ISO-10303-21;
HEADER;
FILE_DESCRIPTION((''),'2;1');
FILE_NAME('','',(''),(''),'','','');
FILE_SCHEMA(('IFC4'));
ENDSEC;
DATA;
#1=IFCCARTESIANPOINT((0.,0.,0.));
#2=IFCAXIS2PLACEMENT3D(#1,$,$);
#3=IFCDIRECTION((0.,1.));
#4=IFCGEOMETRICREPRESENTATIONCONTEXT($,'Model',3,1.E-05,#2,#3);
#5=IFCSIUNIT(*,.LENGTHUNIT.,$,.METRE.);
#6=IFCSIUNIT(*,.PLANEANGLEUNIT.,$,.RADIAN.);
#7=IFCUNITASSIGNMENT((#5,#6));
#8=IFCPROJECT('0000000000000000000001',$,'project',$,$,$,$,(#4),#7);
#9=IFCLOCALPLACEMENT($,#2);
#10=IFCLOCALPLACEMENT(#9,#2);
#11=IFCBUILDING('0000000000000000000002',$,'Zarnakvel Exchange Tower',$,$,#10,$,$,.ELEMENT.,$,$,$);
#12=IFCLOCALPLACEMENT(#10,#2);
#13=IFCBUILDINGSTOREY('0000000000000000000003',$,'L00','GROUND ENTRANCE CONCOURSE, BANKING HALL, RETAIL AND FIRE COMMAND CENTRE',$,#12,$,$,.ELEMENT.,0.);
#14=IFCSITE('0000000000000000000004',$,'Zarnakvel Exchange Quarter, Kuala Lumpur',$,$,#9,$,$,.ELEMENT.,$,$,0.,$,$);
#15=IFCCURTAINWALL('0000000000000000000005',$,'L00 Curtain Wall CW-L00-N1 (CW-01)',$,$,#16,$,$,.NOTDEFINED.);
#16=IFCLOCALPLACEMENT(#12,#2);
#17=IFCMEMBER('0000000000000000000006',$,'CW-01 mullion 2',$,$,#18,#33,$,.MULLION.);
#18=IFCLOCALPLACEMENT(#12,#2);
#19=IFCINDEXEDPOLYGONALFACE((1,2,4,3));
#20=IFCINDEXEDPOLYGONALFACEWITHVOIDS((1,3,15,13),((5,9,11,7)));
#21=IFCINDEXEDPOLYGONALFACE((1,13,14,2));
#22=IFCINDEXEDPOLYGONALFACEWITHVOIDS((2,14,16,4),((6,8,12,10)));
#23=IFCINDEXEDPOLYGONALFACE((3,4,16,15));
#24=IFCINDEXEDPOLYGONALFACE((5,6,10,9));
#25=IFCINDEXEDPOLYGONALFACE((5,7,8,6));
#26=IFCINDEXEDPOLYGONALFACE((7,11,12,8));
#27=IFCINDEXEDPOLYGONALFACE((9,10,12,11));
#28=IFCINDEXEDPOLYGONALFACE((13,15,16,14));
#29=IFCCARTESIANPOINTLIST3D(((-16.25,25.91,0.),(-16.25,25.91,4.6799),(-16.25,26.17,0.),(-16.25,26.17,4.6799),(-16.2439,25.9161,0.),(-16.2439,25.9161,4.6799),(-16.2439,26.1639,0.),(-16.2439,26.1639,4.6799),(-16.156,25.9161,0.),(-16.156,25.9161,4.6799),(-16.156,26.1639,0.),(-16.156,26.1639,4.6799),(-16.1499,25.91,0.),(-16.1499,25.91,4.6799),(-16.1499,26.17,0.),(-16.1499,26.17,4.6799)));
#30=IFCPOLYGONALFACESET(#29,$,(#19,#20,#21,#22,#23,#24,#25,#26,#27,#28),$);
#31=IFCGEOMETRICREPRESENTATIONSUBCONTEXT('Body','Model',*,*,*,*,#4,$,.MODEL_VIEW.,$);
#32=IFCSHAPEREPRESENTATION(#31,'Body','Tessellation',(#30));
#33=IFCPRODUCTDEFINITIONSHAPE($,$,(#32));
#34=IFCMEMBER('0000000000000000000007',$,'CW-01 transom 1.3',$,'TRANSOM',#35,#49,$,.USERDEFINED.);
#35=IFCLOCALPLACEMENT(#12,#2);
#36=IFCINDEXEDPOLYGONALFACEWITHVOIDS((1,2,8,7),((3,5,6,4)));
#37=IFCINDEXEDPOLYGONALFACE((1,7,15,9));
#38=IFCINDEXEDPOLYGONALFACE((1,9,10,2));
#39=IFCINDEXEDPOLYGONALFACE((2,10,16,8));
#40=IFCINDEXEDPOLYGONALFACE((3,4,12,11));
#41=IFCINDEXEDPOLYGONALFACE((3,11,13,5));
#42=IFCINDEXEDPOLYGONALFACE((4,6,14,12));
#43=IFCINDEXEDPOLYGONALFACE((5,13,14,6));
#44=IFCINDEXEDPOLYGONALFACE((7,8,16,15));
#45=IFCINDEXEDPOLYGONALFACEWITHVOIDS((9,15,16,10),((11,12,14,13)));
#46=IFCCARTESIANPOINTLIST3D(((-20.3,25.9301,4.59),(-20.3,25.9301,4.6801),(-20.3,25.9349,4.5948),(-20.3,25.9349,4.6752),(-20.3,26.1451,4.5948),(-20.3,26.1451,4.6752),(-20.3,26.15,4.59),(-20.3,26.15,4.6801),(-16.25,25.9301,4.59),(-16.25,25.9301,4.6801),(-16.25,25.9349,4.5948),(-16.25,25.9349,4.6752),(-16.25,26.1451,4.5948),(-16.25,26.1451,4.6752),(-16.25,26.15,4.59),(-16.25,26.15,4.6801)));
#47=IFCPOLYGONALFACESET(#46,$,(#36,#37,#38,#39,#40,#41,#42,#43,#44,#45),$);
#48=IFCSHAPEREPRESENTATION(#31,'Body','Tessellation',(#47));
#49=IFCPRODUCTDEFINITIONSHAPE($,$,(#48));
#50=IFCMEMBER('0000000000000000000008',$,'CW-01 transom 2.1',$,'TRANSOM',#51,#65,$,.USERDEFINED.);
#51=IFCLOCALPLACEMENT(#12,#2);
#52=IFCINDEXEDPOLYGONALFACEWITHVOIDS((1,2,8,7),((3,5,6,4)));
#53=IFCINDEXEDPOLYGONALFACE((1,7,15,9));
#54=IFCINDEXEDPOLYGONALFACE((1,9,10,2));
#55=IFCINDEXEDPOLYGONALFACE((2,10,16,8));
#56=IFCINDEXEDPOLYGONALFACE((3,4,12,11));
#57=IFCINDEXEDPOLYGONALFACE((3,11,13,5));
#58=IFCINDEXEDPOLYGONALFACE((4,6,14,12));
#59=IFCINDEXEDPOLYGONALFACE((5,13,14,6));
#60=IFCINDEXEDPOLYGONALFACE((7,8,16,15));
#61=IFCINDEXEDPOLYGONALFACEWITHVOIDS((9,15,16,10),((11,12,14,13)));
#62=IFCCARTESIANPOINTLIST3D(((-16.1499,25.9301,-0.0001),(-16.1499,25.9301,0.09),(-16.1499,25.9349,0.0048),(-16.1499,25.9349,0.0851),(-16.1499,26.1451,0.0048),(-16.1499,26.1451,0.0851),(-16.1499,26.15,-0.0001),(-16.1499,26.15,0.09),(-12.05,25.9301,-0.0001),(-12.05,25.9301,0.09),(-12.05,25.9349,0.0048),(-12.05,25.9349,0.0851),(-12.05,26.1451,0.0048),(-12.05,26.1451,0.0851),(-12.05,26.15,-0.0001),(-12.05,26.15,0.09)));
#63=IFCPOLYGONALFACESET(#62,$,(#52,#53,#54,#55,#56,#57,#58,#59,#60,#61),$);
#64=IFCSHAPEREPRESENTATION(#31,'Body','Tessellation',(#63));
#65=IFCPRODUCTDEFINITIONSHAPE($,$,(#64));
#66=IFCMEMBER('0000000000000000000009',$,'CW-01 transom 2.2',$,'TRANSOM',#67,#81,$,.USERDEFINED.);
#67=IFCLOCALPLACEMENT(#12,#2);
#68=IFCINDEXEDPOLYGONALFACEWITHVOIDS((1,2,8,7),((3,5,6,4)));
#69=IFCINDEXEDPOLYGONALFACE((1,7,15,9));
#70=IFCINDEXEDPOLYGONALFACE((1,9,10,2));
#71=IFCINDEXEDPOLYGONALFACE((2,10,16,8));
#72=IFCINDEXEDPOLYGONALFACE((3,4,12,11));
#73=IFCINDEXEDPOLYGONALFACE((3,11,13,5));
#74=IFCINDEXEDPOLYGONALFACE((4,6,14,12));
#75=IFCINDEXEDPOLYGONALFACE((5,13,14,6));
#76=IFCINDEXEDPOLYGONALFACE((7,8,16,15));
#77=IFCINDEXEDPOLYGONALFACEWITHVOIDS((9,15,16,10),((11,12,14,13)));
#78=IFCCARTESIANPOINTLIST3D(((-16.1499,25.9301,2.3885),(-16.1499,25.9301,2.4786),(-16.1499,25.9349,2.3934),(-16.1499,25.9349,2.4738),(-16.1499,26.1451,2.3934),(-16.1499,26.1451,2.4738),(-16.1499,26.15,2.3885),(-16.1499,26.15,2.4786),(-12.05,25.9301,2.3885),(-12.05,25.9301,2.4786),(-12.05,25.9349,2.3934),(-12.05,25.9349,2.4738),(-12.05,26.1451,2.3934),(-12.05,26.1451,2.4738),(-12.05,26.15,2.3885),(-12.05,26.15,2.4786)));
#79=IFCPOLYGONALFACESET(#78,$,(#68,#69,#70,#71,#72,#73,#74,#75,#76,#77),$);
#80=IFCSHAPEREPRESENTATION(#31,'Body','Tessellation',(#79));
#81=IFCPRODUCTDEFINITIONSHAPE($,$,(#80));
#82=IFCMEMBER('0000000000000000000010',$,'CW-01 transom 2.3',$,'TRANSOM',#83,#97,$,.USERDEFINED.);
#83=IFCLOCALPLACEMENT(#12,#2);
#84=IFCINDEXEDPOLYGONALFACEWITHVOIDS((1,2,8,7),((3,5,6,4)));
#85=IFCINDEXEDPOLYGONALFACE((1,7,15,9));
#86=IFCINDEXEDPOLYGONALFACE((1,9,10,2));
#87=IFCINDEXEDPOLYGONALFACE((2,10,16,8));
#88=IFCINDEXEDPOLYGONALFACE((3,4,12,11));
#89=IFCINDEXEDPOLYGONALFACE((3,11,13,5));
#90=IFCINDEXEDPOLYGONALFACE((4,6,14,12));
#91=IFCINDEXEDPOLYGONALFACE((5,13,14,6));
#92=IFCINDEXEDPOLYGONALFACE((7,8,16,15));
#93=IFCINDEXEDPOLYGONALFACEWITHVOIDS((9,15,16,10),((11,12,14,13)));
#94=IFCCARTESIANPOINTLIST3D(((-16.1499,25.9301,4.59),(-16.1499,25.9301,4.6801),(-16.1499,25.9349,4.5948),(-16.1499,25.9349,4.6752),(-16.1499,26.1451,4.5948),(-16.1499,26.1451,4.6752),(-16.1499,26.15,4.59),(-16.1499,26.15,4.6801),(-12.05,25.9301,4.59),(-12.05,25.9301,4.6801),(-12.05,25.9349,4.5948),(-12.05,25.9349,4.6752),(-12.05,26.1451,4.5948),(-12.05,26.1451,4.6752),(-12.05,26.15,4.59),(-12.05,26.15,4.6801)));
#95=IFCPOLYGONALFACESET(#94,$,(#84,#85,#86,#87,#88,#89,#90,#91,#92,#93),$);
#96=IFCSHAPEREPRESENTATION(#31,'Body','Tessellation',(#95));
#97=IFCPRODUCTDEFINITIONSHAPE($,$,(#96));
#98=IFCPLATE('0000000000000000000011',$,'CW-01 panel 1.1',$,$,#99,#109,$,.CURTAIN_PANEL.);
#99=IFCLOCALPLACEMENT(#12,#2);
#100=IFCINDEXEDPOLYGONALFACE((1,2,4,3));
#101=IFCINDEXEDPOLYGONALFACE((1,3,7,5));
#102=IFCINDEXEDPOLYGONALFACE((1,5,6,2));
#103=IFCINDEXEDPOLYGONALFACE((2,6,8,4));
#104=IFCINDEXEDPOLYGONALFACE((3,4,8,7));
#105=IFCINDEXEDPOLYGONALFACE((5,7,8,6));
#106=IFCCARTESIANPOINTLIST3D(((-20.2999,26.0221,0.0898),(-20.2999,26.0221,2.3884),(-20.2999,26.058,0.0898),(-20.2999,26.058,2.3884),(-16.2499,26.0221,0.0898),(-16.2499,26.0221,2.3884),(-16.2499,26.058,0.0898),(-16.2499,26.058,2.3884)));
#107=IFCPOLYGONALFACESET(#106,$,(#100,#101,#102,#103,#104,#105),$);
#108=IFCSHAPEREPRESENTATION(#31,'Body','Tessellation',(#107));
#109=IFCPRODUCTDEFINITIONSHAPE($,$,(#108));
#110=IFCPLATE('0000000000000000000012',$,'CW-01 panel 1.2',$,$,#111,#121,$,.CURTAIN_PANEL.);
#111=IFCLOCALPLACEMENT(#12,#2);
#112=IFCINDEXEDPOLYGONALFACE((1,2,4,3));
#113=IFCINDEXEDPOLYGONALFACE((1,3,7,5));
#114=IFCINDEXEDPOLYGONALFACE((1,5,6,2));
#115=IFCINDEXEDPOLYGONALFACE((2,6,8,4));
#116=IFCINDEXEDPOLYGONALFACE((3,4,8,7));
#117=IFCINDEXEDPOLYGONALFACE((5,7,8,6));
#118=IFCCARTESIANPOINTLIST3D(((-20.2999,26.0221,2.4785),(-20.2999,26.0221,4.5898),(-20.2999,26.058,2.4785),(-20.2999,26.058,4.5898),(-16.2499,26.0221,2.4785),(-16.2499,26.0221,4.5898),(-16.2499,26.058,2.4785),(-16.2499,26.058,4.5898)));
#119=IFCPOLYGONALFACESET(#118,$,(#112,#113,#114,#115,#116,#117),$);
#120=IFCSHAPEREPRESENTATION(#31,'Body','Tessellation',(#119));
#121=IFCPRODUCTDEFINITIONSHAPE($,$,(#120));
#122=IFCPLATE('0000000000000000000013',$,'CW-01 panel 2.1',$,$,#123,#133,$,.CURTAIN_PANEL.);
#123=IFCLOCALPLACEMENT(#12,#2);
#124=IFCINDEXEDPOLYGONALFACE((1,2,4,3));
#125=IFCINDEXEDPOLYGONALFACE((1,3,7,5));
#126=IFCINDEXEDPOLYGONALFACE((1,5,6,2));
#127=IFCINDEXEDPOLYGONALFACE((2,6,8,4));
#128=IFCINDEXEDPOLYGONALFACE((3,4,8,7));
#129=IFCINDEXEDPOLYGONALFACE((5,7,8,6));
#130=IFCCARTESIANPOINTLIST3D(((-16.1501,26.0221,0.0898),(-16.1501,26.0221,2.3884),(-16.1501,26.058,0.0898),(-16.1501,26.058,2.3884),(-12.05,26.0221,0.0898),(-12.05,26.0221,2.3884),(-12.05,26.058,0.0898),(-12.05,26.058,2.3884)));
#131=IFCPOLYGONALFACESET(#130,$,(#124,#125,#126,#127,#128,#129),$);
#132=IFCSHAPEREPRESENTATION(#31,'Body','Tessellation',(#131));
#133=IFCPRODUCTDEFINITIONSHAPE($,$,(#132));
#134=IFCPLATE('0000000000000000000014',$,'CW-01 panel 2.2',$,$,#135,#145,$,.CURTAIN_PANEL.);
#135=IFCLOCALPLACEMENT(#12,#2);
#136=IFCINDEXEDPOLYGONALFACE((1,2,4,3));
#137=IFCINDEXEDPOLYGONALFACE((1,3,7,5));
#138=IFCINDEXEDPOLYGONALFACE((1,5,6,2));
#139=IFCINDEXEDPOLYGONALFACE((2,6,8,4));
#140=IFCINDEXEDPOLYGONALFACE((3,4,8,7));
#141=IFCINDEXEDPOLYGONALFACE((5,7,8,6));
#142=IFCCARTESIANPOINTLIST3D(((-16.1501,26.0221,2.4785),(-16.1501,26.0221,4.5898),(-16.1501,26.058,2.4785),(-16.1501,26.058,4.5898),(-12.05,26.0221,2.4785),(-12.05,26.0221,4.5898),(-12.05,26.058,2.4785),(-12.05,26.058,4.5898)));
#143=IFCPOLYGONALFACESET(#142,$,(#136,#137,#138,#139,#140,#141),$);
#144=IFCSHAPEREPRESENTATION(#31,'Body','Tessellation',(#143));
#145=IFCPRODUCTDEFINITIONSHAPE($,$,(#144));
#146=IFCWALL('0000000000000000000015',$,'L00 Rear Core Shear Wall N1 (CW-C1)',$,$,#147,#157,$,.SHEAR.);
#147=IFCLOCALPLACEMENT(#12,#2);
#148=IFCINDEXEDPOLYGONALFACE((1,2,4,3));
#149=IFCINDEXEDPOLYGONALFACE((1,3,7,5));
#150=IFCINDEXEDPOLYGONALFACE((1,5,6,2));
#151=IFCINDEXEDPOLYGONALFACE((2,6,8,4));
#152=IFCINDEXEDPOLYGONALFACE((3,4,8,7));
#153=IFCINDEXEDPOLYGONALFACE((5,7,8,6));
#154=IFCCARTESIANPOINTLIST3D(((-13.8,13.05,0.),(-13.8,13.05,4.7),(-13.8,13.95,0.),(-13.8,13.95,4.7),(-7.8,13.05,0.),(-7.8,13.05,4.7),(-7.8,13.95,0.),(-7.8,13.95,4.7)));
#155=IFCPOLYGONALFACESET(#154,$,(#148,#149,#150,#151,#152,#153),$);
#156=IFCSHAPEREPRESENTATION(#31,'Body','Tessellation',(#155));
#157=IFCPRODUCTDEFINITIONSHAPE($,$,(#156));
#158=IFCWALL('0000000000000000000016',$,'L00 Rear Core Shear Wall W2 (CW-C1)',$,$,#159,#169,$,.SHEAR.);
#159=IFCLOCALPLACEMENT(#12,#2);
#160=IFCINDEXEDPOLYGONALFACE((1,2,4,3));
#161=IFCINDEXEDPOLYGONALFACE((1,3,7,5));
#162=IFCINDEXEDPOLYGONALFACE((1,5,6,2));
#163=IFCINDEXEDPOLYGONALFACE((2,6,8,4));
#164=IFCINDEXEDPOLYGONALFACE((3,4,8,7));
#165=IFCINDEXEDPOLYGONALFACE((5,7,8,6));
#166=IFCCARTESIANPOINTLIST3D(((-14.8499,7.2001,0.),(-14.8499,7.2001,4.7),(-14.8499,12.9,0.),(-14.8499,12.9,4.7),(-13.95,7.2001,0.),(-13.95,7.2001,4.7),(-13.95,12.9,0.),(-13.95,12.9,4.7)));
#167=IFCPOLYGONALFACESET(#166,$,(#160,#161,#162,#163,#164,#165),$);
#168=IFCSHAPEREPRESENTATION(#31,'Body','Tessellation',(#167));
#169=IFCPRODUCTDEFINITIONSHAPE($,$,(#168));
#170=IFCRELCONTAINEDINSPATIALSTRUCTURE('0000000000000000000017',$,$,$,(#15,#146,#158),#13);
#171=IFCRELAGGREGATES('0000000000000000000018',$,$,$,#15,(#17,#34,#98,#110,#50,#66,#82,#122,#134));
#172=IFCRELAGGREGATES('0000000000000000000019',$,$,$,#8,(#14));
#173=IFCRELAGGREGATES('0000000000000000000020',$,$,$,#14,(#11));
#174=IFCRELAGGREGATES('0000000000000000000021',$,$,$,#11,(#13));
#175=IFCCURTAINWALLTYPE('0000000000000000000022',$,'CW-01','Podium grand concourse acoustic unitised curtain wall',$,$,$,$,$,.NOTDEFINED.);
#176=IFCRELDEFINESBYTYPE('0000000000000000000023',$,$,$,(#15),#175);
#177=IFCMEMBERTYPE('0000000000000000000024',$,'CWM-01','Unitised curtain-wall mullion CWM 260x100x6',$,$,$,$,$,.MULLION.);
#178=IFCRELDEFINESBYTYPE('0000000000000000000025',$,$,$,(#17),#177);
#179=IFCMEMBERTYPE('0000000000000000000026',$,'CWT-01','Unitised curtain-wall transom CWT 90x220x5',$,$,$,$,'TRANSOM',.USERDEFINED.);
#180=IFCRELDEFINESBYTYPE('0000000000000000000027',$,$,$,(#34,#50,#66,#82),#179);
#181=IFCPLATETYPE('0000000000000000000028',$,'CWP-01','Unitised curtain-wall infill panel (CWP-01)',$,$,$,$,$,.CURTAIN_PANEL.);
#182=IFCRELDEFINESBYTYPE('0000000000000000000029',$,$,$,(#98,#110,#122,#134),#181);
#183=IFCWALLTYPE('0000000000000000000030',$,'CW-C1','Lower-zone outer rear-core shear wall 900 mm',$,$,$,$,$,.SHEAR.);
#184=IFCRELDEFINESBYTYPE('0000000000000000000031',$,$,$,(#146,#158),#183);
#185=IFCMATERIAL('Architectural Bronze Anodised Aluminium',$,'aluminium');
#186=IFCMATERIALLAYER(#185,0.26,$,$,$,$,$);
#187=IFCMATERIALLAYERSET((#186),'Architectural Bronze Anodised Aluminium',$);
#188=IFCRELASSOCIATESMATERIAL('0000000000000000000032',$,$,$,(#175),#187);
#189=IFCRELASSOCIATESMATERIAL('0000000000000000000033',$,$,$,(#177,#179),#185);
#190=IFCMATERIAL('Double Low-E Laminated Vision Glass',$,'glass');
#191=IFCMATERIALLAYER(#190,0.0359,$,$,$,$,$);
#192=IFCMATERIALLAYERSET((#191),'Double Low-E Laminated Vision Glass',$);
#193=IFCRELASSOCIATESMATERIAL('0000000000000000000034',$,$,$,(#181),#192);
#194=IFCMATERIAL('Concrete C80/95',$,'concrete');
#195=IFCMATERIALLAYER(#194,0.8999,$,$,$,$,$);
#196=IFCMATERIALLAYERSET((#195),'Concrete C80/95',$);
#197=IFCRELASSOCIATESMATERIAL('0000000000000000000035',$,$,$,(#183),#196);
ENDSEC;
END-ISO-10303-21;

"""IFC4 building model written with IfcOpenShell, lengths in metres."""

from ifc_helpers import new_model, si_unit, direction, frame, frame_2d, origin, origin_2d, place, context, subcontext, project, spatial, rectangle, hollow_rectangle, extrude, source, transform, mapped, material, layer, layer_set, material_profile, profile_set, type_object, element, aggregate, save


model = new_model("IFC4")

# Units and contexts
model_context = context("Model", 3, precision=1e-05, world=origin(), true_north=direction((0.0, 1.0)))
body_context = subcontext(model_context, "Body", "Model", "MODEL_VIEW")
ifc_project = project(units=[si_unit("LENGTHUNIT", "METRE"), si_unit("PLANEANGLEUNIT", "RADIAN")], contexts=[model_context])

# Site, building, storey
site_placement = place(None, origin())
site = spatial("IfcSite", under=ifc_project, at=site_placement, Name="Zarnakvel Exchange Quarter, Kuala Lumpur", CompositionType="ELEMENT", RefElevation=0.0)
building_placement = place(site_placement, origin())
building = spatial("IfcBuilding", under=site, at=building_placement, Name="Zarnakvel Exchange Tower", CompositionType="ELEMENT")
storey_placement = place(building_placement, origin())
storey = spatial("IfcBuildingStorey", under=building, at=storey_placement, Name="L00", Description="GROUND ENTRANCE CONCOURSE, BANKING HALL, RETAIL AND FIRE COMMAND CENTRE", CompositionType="ELEMENT", Elevation=0.0)

# Shared definitions
ifc_material_1 = material(Name="Concrete C80/95", Category="concrete")

# Curtain wall, members, plates
ifc_material_2 = material(Name="Architectural Bronze Anodised Aluminium", Category="aluminium")
ifc_layer_1 = layer(ifc_material_2, 0.26)
ifc_layer_set_1 = layer_set([ifc_layer_1], Name="Architectural Bronze Anodised Aluminium")
curtain_wall_type = type_object("IfcCurtainWallType", Name="CW-01", Description="Podium grand concourse acoustic unitised curtain wall", PredefinedType="NOTDEFINED", material=ifc_layer_set_1)
curtain_wall_placement = place(storey_placement, origin())
curtain_wall = element("IfcCurtainWall", 1, at=curtain_wall_placement, inside=storey, type_object=curtain_wall_type, Name="L00 Curtain Wall CW-L00-N1 (CW-01)", PredefinedType="NOTDEFINED")
ifc_material_profile_1 = material_profile(ifc_material_2, hollow_rectangle(XDim=0.26, YDim=0.1001, WallThickness=0.0061, at=origin_2d()))
ifc_profile_set_1 = profile_set([ifc_material_profile_1], Name="Architectural Bronze Anodised Aluminium")
member_type_1 = type_object("IfcMemberType", Name="CWM-01", Description="Unitised curtain-wall mullion CWM 260x100x6", PredefinedType="MULLION", material=ifc_profile_set_1)
shared_shape_1 = source(origin(), body_context, "Body", "SweptSolid", [
    extrude(hollow_rectangle(XDim=0.26, YDim=0.1001, WallThickness=0.0061, at=origin_2d()), origin(), (0.0, 0.0, 1.0), 4.6799),
])
member_1_placement = place(storey_placement, frame((-16.2, 26.04, 0.0), z_axis=(0.0, 0.0, 1.0), x_axis=(0.0, 1.0, 0.0)))
member_1 = element("IfcMember", 2, at=member_1_placement, type_object=member_type_1, Name="CW-01 mullion 2", PredefinedType="MULLION", context=body_context, shape_type="MappedRepresentation", body=[
    mapped(shared_shape_1, transform((0.0, 0.0, 0.0), x_axis=(1.0, 0.0, 0.0), y_axis=(0.0, 1.0, 0.0), z_axis=(0.0, 0.0, 1.0), scale=1.0)),
])
ifc_material_profile_2 = material_profile(ifc_material_2, hollow_rectangle(XDim=0.22, YDim=0.0901, WallThickness=0.0049, at=origin_2d()))
ifc_profile_set_2 = profile_set([ifc_material_profile_2], Name="Architectural Bronze Anodised Aluminium")
member_type_2 = type_object("IfcMemberType", Name="CWT-01", Description="Unitised curtain-wall transom CWT 90x220x5", ElementType="TRANSOM", PredefinedType="USERDEFINED", material=ifc_profile_set_2)
shared_shape_2 = source(origin(), body_context, "Body", "SweptSolid", [
    extrude(hollow_rectangle(XDim=0.22, YDim=0.0901, WallThickness=0.0049, at=origin_2d()), origin(), (0.0, 0.0, 1.0), 4.05),
])
member_2_placement = place(storey_placement, frame((-20.3, 26.04, 4.635), z_axis=(1.0, 0.0, 0.0), x_axis=(0.0, 1.0, 0.0)))
member_2 = element("IfcMember", 3, at=member_2_placement, type_object=member_type_2, Name="CW-01 transom 1.3", ObjectType="TRANSOM", PredefinedType="USERDEFINED", context=body_context, shape_type="MappedRepresentation", body=[
    mapped(shared_shape_2, transform((0.0, 0.0, 0.0), x_axis=(1.0, 0.0, 0.0), y_axis=(0.0, 1.0, 0.0), z_axis=(0.0, 0.0, 1.0), scale=1.0)),
])
shared_shape_3 = source(origin(), body_context, "Body", "SweptSolid", [
    extrude(hollow_rectangle(XDim=0.22, YDim=0.0901, WallThickness=0.0049, at=origin_2d()), origin(), (0.0, 0.0, 1.0), 4.0999),
])
member_3_placement = place(storey_placement, frame((-16.1499, 26.04, 0.0449), z_axis=(1.0, 0.0, 0.0), x_axis=(0.0, 1.0, 0.0)))
member_3 = element("IfcMember", 4, at=member_3_placement, type_object=member_type_2, Name="CW-01 transom 2.1", ObjectType="TRANSOM", PredefinedType="USERDEFINED", context=body_context, shape_type="MappedRepresentation", body=[
    mapped(shared_shape_3, transform((0.0, 0.0, 0.0), x_axis=(1.0, 0.0, 0.0), y_axis=(0.0, 1.0, 0.0), z_axis=(0.0, 0.0, 1.0), scale=1.0)),
])
member_4_placement = place(storey_placement, frame((-16.1499, 26.04, 2.4336), z_axis=(1.0, 0.0, 0.0), x_axis=(0.0, 1.0, 0.0)))
member_4 = element("IfcMember", 5, at=member_4_placement, type_object=member_type_2, Name="CW-01 transom 2.2", ObjectType="TRANSOM", PredefinedType="USERDEFINED", context=body_context, shape_type="MappedRepresentation", body=[
    mapped(shared_shape_3, transform((0.0, 0.0, 0.0), x_axis=(1.0, 0.0, 0.0), y_axis=(0.0, 1.0, 0.0), z_axis=(0.0, 0.0, 1.0), scale=1.0)),
])
member_5_placement = place(storey_placement, frame((-16.1499, 26.04, 4.635), z_axis=(1.0, 0.0, 0.0), x_axis=(0.0, 1.0, 0.0)))
member_5 = element("IfcMember", 6, at=member_5_placement, type_object=member_type_2, Name="CW-01 transom 2.3", ObjectType="TRANSOM", PredefinedType="USERDEFINED", context=body_context, shape_type="MappedRepresentation", body=[
    mapped(shared_shape_3, transform((0.0, 0.0, 0.0), x_axis=(1.0, 0.0, 0.0), y_axis=(0.0, 1.0, 0.0), z_axis=(0.0, 0.0, 1.0), scale=1.0)),
])
ifc_material_3 = material(Name="Double Low-E Laminated Vision Glass", Category="glass")
ifc_layer_2 = layer(ifc_material_3, 0.0359)
ifc_layer_set_2 = layer_set([ifc_layer_2], Name="Double Low-E Laminated Vision Glass")
plate_type = type_object("IfcPlateType", Name="CWP-01", Description="Unitised curtain-wall infill panel (CWP-01)", PredefinedType="CURTAIN_PANEL", material=ifc_layer_set_2)
shared_shape_4 = source(origin(), body_context, "Body", "SweptSolid", [
    extrude(rectangle(XDim=4.05, YDim=0.0359, at=origin_2d()), origin(), (0.0, 0.0, 1.0), 2.2986),
])
plate_1_placement = place(storey_placement, frame((-18.2749, 26.04, 0.0898), z_axis=(0.0, 0.0, 1.0), x_axis=(1.0, 0.0, 0.0)))
plate_1 = element("IfcPlate", 7, at=plate_1_placement, type_object=plate_type, Name="CW-01 panel 1.1", PredefinedType="CURTAIN_PANEL", context=body_context, shape_type="MappedRepresentation", body=[
    mapped(shared_shape_4, transform((0.0, 0.0, 0.0), x_axis=(1.0, 0.0, 0.0), y_axis=(0.0, 1.0, 0.0), z_axis=(0.0, 0.0, 1.0), scale=1.0)),
])
shared_shape_5 = source(origin(), body_context, "Body", "SweptSolid", [
    extrude(rectangle(XDim=4.05, YDim=0.0359, at=origin_2d()), origin(), (0.0, 0.0, 1.0), 2.1113),
])
plate_2_placement = place(storey_placement, frame((-18.2749, 26.04, 2.4785), z_axis=(0.0, 0.0, 1.0), x_axis=(1.0, 0.0, 0.0)))
plate_2 = element("IfcPlate", 8, at=plate_2_placement, type_object=plate_type, Name="CW-01 panel 1.2", PredefinedType="CURTAIN_PANEL", context=body_context, shape_type="MappedRepresentation", body=[
    mapped(shared_shape_5, transform((0.0, 0.0, 0.0), x_axis=(1.0, 0.0, 0.0), y_axis=(0.0, 1.0, 0.0), z_axis=(0.0, 0.0, 1.0), scale=1.0)),
])
shared_shape_6 = source(origin(), body_context, "Body", "SweptSolid", [
    extrude(rectangle(XDim=4.1001, YDim=0.0359, at=origin_2d()), origin(), (0.0, 0.0, 1.0), 2.2986),
])
plate_3_placement = place(storey_placement, frame((-14.1001, 26.04, 0.0898), z_axis=(0.0, 0.0, 1.0), x_axis=(1.0, 0.0, 0.0)))
plate_3 = element("IfcPlate", 9, at=plate_3_placement, type_object=plate_type, Name="CW-01 panel 2.1", PredefinedType="CURTAIN_PANEL", context=body_context, shape_type="MappedRepresentation", body=[
    mapped(shared_shape_6, transform((0.0, 0.0, 0.0), x_axis=(1.0, 0.0, 0.0), y_axis=(0.0, 1.0, 0.0), z_axis=(0.0, 0.0, 1.0), scale=1.0)),
])
shared_shape_7 = source(origin(), body_context, "Body", "SweptSolid", [
    extrude(rectangle(XDim=4.1001, YDim=0.0359, at=origin_2d()), origin(), (0.0, 0.0, 1.0), 2.1113),
])
plate_4_placement = place(storey_placement, frame((-14.1001, 26.04, 2.4785), z_axis=(0.0, 0.0, 1.0), x_axis=(1.0, 0.0, 0.0)))
plate_4 = element("IfcPlate", 10, at=plate_4_placement, type_object=plate_type, Name="CW-01 panel 2.2", PredefinedType="CURTAIN_PANEL", context=body_context, shape_type="MappedRepresentation", body=[
    mapped(shared_shape_7, transform((0.0, 0.0, 0.0), x_axis=(1.0, 0.0, 0.0), y_axis=(0.0, 1.0, 0.0), z_axis=(0.0, 0.0, 1.0), scale=1.0)),
])
aggregate(curtain_wall, [member_1, member_2, plate_1, plate_2, member_3, member_4, member_5, plate_3, plate_4])

# Walls
ifc_layer_3 = layer(ifc_material_1, 0.8999)
ifc_layer_set_3 = layer_set([ifc_layer_3], Name="Concrete C80/95")
wall_type_1 = type_object("IfcWallType", Name="CW-C1", Description="Lower-zone outer rear-core shear wall 900 mm", PredefinedType="SHEAR", material=ifc_layer_set_3)
wall_1_placement = place(storey_placement, frame((-13.8, 13.5, 0.0), z_axis=(0.0, 0.0, 1.0), x_axis=(1.0, 0.0, 0.0)))
element("IfcWall", 11, at=wall_1_placement, inside=storey, type_object=wall_type_1, Name="L00 Rear Core Shear Wall N1 (CW-C1)", PredefinedType="SHEAR", context=body_context, shape_type="SweptSolid", body=[
    extrude(rectangle(XDim=6.0, YDim=0.8999, at=frame_2d((3.0, 0.0))), origin(), (0.0, 0.0, 1.0), 4.7),
])
wall_2_placement = place(storey_placement, frame((-14.3999, 7.2, 0.0), z_axis=(0.0, 0.0, 1.0), x_axis=(0.0, 1.0, 0.0)))
element("IfcWall", 12, at=wall_2_placement, inside=storey, type_object=wall_type_1, Name="L00 Rear Core Shear Wall W2 (CW-C1)", PredefinedType="SHEAR", context=body_context, shape_type="SweptSolid", body=[
    extrude(rectangle(XDim=5.7, YDim=0.8999, at=frame_2d((2.8501, 0.0))), origin(), (0.0, 0.0, 1.0), 4.7),
])

save(model, "model.ifc")
